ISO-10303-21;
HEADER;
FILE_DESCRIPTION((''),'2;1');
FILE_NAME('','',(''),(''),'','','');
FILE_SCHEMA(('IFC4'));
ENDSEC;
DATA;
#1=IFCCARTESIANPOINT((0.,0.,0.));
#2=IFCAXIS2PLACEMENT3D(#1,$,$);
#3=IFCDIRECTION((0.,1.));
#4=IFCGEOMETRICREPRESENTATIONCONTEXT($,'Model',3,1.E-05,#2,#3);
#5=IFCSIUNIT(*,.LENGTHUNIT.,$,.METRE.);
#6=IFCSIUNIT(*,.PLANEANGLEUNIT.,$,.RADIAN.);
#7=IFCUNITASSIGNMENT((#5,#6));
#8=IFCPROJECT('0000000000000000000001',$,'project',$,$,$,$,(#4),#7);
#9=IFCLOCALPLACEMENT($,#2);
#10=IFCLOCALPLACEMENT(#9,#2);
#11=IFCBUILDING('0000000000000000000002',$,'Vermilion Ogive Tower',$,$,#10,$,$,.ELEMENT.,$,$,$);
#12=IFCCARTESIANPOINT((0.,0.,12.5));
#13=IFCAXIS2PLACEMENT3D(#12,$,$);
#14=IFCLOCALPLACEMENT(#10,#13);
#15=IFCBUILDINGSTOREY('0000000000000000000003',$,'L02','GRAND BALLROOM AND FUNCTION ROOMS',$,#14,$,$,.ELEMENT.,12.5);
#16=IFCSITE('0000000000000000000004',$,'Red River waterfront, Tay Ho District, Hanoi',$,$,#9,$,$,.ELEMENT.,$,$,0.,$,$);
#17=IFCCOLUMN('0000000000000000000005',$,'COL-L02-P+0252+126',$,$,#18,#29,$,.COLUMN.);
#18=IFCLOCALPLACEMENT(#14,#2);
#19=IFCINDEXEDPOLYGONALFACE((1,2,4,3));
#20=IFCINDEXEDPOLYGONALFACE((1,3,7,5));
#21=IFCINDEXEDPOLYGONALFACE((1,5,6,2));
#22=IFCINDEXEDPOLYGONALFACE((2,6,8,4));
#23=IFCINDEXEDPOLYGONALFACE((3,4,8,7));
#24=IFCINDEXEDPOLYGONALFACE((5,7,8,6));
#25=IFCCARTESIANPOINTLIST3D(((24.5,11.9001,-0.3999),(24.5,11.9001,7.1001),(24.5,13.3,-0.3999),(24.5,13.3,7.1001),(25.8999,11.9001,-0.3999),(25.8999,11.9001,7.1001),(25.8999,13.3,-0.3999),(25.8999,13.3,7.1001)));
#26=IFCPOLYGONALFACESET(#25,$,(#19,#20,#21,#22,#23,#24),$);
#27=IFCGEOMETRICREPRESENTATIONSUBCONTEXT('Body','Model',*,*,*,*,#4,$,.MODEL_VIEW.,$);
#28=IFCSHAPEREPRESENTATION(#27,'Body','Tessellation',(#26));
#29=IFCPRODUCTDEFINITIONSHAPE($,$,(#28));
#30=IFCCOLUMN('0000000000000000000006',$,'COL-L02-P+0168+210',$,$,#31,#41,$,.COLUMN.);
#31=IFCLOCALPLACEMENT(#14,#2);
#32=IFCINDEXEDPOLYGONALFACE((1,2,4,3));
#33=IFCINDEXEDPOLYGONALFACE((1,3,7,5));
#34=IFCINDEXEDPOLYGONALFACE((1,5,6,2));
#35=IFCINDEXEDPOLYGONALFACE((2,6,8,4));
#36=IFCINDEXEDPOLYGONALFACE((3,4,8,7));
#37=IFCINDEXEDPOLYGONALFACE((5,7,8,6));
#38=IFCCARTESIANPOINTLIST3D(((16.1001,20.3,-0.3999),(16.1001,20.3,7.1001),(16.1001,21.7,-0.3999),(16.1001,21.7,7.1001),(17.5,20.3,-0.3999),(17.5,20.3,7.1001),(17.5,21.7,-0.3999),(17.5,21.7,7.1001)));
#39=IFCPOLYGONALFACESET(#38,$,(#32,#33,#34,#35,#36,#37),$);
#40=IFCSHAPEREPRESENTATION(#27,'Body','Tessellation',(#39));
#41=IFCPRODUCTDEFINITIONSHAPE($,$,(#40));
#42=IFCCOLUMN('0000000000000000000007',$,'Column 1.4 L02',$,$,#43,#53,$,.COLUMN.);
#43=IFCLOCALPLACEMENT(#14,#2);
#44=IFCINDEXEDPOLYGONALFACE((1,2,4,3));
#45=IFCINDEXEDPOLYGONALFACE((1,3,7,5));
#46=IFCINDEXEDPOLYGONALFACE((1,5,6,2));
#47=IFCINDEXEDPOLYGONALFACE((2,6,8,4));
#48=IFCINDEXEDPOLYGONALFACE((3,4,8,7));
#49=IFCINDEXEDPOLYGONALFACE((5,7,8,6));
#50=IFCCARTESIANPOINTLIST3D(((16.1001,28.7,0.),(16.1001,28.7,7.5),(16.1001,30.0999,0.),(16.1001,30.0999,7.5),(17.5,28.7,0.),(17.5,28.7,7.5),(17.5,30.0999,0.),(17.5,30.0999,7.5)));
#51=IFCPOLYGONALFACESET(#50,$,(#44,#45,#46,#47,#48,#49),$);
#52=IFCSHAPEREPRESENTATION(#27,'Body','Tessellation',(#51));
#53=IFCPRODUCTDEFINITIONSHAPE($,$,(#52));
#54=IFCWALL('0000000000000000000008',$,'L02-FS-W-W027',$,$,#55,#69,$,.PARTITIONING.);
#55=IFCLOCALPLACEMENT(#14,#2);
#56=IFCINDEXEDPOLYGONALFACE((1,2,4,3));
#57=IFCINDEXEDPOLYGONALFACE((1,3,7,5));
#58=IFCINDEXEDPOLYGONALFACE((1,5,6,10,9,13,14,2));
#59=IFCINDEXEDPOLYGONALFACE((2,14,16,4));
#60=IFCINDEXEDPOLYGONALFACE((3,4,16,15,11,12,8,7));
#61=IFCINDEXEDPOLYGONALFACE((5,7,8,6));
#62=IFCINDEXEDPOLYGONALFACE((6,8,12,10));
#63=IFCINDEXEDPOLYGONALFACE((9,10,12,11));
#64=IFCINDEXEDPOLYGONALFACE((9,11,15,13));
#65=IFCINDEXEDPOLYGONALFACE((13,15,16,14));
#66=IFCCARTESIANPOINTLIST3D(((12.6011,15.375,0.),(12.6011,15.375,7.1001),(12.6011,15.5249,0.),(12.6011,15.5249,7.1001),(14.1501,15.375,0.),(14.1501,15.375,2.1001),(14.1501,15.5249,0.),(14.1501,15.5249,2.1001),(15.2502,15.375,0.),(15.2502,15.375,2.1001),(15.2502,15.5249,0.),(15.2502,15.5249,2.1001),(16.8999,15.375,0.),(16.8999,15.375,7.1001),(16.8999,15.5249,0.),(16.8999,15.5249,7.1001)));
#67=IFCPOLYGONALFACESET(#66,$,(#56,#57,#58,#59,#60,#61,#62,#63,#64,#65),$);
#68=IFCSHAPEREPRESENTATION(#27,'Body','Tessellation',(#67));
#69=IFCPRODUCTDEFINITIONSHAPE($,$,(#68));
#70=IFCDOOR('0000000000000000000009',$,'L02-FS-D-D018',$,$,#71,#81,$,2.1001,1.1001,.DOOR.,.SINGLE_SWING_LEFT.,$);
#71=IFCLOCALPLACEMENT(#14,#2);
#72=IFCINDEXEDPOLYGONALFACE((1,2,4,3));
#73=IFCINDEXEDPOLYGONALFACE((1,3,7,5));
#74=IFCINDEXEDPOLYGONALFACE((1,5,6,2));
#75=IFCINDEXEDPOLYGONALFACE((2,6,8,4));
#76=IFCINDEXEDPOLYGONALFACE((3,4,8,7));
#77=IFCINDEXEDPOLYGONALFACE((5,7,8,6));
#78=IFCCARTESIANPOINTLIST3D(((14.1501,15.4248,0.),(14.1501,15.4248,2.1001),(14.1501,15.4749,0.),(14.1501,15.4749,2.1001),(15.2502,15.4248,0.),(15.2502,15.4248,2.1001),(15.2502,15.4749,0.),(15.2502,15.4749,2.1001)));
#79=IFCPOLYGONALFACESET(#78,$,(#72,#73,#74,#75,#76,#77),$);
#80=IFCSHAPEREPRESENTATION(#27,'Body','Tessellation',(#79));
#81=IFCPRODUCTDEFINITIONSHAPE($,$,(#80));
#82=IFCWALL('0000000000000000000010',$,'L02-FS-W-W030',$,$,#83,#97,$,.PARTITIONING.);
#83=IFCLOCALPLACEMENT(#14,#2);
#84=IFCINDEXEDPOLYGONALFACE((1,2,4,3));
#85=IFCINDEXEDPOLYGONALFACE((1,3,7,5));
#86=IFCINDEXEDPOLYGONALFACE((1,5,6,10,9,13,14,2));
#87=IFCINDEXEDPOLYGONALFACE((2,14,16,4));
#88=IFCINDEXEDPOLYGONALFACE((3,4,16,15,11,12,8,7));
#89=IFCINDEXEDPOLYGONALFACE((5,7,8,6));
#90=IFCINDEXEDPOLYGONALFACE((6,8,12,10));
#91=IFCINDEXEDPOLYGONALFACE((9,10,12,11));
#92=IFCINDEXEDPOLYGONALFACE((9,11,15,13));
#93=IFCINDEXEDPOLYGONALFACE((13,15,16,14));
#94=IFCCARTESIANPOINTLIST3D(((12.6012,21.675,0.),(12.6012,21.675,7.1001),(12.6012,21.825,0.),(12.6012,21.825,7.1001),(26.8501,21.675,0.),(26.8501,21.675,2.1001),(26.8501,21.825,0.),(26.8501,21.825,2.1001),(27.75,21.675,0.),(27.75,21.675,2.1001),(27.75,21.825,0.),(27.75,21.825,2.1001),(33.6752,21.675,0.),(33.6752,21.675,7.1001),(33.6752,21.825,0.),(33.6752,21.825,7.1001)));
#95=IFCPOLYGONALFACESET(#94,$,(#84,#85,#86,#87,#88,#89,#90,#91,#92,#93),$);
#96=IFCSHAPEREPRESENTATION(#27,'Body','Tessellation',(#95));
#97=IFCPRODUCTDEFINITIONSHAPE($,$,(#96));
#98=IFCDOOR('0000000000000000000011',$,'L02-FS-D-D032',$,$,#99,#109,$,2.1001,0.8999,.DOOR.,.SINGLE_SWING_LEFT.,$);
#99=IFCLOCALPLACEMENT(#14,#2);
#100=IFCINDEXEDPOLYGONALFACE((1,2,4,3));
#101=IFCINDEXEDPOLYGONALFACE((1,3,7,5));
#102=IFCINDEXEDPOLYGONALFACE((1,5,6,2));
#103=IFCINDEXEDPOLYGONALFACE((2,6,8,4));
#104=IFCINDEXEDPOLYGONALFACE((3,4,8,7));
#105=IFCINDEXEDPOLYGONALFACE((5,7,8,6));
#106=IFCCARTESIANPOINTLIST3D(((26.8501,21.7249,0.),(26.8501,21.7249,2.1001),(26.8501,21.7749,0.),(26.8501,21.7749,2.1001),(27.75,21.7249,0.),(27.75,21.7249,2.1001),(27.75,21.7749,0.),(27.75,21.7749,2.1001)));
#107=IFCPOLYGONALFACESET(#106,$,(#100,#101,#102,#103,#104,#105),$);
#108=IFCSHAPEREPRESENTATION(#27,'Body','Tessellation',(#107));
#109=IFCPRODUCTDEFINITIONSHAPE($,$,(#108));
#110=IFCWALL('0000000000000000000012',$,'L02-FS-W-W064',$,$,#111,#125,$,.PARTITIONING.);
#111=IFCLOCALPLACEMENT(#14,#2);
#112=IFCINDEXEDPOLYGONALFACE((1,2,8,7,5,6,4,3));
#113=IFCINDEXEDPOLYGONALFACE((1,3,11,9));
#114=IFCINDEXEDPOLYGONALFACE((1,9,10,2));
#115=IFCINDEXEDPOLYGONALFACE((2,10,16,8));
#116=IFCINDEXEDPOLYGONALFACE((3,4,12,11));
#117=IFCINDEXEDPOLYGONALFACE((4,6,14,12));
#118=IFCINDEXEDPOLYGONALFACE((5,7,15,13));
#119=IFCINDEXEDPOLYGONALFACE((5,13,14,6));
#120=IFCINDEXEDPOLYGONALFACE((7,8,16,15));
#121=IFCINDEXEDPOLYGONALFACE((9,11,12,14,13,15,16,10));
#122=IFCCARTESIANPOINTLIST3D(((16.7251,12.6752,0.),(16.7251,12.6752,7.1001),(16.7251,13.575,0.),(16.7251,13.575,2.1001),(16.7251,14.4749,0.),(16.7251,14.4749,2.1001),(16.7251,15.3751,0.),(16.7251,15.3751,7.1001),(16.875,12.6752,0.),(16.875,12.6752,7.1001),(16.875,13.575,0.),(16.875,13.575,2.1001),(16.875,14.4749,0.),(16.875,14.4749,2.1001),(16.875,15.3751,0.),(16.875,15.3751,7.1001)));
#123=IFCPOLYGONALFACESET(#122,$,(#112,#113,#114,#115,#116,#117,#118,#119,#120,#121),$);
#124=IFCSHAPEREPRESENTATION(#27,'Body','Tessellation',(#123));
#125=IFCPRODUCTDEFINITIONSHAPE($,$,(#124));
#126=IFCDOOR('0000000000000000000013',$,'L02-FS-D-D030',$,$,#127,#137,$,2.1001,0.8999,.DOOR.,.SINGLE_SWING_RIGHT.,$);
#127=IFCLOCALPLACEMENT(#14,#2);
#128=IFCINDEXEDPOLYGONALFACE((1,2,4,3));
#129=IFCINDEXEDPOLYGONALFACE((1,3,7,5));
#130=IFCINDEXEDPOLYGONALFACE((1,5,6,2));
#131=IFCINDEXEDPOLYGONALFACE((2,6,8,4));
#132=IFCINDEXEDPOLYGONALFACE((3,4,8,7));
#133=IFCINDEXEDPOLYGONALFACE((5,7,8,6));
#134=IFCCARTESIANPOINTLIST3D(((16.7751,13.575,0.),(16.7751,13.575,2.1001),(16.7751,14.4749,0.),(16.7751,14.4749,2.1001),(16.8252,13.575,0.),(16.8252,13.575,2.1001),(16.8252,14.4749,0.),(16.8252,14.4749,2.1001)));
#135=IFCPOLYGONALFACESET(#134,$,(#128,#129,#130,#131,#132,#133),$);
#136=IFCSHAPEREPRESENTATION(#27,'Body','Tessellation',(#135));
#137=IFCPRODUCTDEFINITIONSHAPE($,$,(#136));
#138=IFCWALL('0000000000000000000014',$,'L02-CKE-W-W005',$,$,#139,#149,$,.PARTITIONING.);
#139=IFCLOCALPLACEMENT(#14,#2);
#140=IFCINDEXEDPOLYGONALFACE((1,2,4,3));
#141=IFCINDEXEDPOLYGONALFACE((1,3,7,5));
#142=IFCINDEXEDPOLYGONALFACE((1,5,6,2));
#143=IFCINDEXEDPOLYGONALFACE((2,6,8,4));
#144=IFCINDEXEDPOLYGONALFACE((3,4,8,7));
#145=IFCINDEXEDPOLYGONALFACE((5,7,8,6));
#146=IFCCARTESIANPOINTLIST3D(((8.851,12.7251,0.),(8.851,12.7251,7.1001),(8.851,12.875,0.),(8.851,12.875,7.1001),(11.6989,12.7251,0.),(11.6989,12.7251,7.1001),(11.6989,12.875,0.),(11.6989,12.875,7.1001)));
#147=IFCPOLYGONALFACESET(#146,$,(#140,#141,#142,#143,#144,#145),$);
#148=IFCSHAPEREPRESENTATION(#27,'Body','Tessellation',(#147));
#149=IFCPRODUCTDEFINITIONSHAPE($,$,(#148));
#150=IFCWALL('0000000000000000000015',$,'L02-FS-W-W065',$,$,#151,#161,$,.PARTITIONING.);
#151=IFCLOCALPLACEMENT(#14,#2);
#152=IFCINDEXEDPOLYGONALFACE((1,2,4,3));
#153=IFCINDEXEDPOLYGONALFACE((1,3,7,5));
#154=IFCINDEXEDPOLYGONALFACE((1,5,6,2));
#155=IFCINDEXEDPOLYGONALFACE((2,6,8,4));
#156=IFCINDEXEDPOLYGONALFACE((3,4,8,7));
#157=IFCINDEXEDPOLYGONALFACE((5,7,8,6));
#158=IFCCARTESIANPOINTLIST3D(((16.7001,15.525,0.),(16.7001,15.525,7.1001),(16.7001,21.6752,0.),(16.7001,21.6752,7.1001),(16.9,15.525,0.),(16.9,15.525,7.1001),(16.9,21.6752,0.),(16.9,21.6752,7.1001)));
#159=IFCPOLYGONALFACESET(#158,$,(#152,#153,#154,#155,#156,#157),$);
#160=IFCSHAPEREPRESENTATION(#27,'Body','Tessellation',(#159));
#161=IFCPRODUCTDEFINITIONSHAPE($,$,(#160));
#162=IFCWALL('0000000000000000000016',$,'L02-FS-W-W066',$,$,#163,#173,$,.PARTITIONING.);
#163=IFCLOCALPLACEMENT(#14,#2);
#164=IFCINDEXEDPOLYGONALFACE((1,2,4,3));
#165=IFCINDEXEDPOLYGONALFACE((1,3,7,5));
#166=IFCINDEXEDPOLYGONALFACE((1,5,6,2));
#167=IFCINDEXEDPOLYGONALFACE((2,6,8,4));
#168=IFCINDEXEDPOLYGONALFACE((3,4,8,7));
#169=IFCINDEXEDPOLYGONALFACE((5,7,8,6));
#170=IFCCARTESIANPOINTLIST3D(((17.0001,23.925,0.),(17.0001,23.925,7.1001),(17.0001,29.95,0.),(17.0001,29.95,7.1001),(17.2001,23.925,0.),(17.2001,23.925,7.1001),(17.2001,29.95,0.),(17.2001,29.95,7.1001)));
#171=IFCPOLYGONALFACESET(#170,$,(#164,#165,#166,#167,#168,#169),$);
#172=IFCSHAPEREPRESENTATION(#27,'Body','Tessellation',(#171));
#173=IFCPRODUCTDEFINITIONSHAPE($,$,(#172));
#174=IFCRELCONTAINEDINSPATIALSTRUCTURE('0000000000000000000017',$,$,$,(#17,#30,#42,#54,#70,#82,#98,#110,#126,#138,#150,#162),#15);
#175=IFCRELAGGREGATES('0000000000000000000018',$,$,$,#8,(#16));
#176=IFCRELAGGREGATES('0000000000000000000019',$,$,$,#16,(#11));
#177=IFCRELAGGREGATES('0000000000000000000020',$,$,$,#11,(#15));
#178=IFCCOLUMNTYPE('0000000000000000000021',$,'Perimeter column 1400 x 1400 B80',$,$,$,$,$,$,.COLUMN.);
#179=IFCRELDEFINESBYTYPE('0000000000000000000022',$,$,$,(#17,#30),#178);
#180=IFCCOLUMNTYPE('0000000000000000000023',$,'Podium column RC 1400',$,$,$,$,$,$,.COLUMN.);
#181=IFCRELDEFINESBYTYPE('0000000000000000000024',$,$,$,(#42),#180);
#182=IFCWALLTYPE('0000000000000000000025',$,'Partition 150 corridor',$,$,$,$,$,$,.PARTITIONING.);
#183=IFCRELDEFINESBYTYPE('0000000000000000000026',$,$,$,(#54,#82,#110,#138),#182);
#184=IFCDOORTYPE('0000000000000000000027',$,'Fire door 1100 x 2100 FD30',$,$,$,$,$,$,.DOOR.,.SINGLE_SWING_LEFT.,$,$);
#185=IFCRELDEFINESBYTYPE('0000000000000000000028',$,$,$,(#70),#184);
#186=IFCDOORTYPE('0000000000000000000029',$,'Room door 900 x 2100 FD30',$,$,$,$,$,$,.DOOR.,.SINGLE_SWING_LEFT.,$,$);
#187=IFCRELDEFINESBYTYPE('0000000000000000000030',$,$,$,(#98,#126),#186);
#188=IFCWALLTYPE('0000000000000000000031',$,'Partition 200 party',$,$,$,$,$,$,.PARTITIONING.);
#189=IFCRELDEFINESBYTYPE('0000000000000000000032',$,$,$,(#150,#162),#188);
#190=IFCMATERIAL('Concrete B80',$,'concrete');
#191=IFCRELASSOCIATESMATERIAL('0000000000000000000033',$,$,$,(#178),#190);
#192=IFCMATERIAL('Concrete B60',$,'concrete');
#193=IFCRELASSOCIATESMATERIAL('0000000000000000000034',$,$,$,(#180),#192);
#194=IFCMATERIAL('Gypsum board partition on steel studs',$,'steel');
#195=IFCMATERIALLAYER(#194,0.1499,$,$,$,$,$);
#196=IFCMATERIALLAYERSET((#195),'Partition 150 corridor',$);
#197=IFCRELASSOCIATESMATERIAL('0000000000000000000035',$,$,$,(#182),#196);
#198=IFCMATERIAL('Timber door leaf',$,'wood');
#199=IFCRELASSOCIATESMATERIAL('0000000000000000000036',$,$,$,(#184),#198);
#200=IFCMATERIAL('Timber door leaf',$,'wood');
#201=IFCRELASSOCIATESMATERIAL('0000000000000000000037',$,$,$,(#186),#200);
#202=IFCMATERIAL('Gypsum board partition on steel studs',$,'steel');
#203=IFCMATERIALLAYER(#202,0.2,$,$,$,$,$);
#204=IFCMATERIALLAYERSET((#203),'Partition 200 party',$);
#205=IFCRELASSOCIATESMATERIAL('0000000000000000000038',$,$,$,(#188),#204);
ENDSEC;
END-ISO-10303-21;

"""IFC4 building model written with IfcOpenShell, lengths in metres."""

from ifc_helpers import new_model, si_unit, direction, frame, frame_2d, origin, origin_2d, place, context, subcontext, project, spatial, rectangle, extrude, material, layer, layer_set, material_profile, profile_set, type_object, element, fill, save


model = new_model("IFC4")

# Units and contexts
model_context = context("Model", 3, precision=1e-05, world=origin(), true_north=direction((0.0, 1.0)))
body_context = subcontext(model_context, "Body", "Model", "MODEL_VIEW")
ifc_project = project(units=[si_unit("LENGTHUNIT", "METRE"), si_unit("PLANEANGLEUNIT", "RADIAN")], contexts=[model_context])

# Site, building, storey
site_placement = place(None, origin())
site = spatial("IfcSite", under=ifc_project, at=site_placement, Name="Red River waterfront, Tay Ho District, Hanoi", CompositionType="ELEMENT", RefElevation=0.0)
building_placement = place(site_placement, origin())
building = spatial("IfcBuilding", under=site, at=building_placement, Name="Vermilion Ogive Tower", CompositionType="ELEMENT")
storey_placement = place(building_placement, frame((0.0, 0.0, 12.5)))
storey = spatial("IfcBuildingStorey", under=building, at=storey_placement, Name="L02", Description="GRAND BALLROOM AND FUNCTION ROOMS", CompositionType="ELEMENT", Elevation=12.5)

# Columns
ifc_material_1 = material(Name="Concrete B80", Category="concrete")
ifc_material_profile_1 = material_profile(ifc_material_1, rectangle(XDim=1.3999, YDim=1.3999, at=origin_2d()), Name="1400 x 1400")
ifc_profile_set_1 = profile_set([ifc_material_profile_1], Name="Concrete B80")
column_type_1 = type_object("IfcColumnType", Name="Perimeter column 1400 x 1400 B80", PredefinedType="COLUMN", material=ifc_profile_set_1)
for number, where, z_axis, x_axis, name in (
    (1, (25.2, 12.6001, -0.3999), (0.0, 0.0, 1.0), (1.0, 0.0, 0.0), "COL-L02-P+0252+126"),
    (2, (16.8, 21.0, -0.3999), (0.0, 0.0, 1.0), (1.0, 0.0, 0.0), "COL-L02-P+0168+210"),
):
    element("IfcColumn", number, at=place(storey_placement, frame(where, z_axis=z_axis, x_axis=x_axis)), inside=storey, type_object=column_type_1, Name=name, PredefinedType="COLUMN", context=body_context, shape_type="SweptSolid", body=[
        extrude(rectangle(XDim=1.3999, YDim=1.3999, at=origin_2d()), origin(), (0.0, 0.0, 1.0), 7.5),
    ])
ifc_material_2 = material(Name="Concrete B60", Category="concrete")
ifc_material_profile_2 = material_profile(ifc_material_2, rectangle(XDim=1.3999, YDim=1.3999, at=origin_2d()), Name="RC 1400x1400")
ifc_profile_set_2 = profile_set([ifc_material_profile_2], Name="Concrete B60")
column_type_2 = type_object("IfcColumnType", Name="Podium column RC 1400", PredefinedType="COLUMN", material=ifc_profile_set_2)
column_placement = place(storey_placement, frame((16.8, 29.3999, 0.0), z_axis=(0.0, 0.0, 1.0), x_axis=(1.0, 0.0, 0.0)))
element("IfcColumn", 3, at=column_placement, inside=storey, type_object=column_type_2, Name="Column 1.4 L02", PredefinedType="COLUMN", context=body_context, shape_type="SweptSolid", body=[
    extrude(rectangle(XDim=1.3999, YDim=1.3999, at=origin_2d()), origin(), (0.0, 0.0, 1.0), 7.5),
])

# Walls, openings, doors
ifc_material_3 = material(Name="Gypsum board partition on steel studs", Category="steel")
ifc_layer_1 = layer(ifc_material_3, 0.1499)
ifc_layer_set_1 = layer_set([ifc_layer_1], Name="Partition 150 corridor")
wall_type_1 = type_object("IfcWallType", Name="Partition 150 corridor", PredefinedType="PARTITIONING", material=ifc_layer_set_1)
wall_1_placement = place(storey_placement, frame((12.6011, 15.45, 0.0), z_axis=(0.0, 0.0, 1.0), x_axis=(1.0, 0.0, 0.0)))
wall_1 = element("IfcWall", 4, at=wall_1_placement, inside=storey, type_object=wall_type_1, Name="L02-FS-W-W027", PredefinedType="PARTITIONING", context=body_context, shape_type="SweptSolid", body=[
    extrude(rectangle(XDim=4.2988, YDim=0.1499, at=frame_2d((2.1494, 0.0))), origin(), (0.0, 0.0, 1.0), 7.1001),
])
opening_1_placement = place(wall_1_placement, frame((1.5491, 0.0, 0.0)))
opening_1 = element("IfcOpeningElement", 5, at=opening_1_placement, cuts=wall_1, PredefinedType="OPENING", context=body_context, shape_type="SweptSolid", body=[
    extrude(rectangle(XDim=1.1001, YDim=2.1001, at=frame_2d((0.55, 1.05))), frame((0.0, 0.085, 0.0), z_axis=(0.0, -1.0, 0.0), x_axis=(1.0, 0.0, 0.0)), (0.0, 0.0, 1.0), 0.1699),
])
ifc_material_4 = material(Name="Timber door leaf", Category="wood")
door_type_1 = type_object("IfcDoorType", Name="Fire door 1100 x 2100 FD30", OperationType="SINGLE_SWING_LEFT", PredefinedType="DOOR", material=ifc_material_4)
door_1_placement = place(opening_1_placement, origin())
door_1 = element("IfcDoor", 6, at=door_1_placement, inside=storey, type_object=door_type_1, Name="L02-FS-D-D018", OperationType="SINGLE_SWING_LEFT", OverallHeight=2.1001, OverallWidth=1.1001, PredefinedType="DOOR", context=body_context, shape_type="SweptSolid", body=[
    extrude(rectangle(XDim=1.1001, YDim=2.1001, at=frame_2d((0.55, 1.05))), frame((0.0, 0.0249, 0.0), z_axis=(0.0, -1.0, 0.0), x_axis=(1.0, 0.0, 0.0)), (0.0, 0.0, 1.0), 0.05),
])
fill(opening_1, door_1)
wall_2_placement = place(storey_placement, frame((12.6011, 21.75, 0.0), z_axis=(0.0, 0.0, 1.0), x_axis=(1.0, 0.0, 0.0)))
wall_2 = element("IfcWall", 7, at=wall_2_placement, inside=storey, type_object=wall_type_1, Name="L02-FS-W-W030", PredefinedType="PARTITIONING", context=body_context, shape_type="SweptSolid", body=[
    extrude(rectangle(XDim=21.074, YDim=0.1499, at=frame_2d((10.5371, 0.0))), origin(), (0.0, 0.0, 1.0), 7.1001),
])
opening_2_placement = place(wall_2_placement, frame((14.249, 0.0, 0.0)))
opening_2 = element("IfcOpeningElement", 8, at=opening_2_placement, cuts=wall_2, PredefinedType="OPENING", context=body_context, shape_type="SweptSolid", body=[
    extrude(rectangle(XDim=0.8999, YDim=2.1001, at=frame_2d((0.45, 1.05))), frame((0.0, 0.085, 0.0), z_axis=(0.0, -1.0, 0.0), x_axis=(1.0, 0.0, 0.0)), (0.0, 0.0, 1.0), 0.1699),
])
ifc_material_5 = material(Name="Timber door leaf", Category="wood")
door_type_2 = type_object("IfcDoorType", Name="Room door 900 x 2100 FD30", OperationType="SINGLE_SWING_LEFT", PredefinedType="DOOR", material=ifc_material_5)
door_2_placement = place(opening_2_placement, origin())
door_2 = element("IfcDoor", 9, at=door_2_placement, inside=storey, type_object=door_type_2, Name="L02-FS-D-D032", OperationType="SINGLE_SWING_LEFT", OverallHeight=2.1001, OverallWidth=0.8999, PredefinedType="DOOR", context=body_context, shape_type="SweptSolid", body=[
    extrude(rectangle(XDim=0.8999, YDim=2.1001, at=frame_2d((0.45, 1.05))), frame((0.0, 0.0249, 0.0), z_axis=(0.0, -1.0, 0.0), x_axis=(1.0, 0.0, 0.0)), (0.0, 0.0, 1.0), 0.05),
])
fill(opening_2, door_2)
wall_3_placement = place(storey_placement, frame((16.8, 12.675, 0.0), z_axis=(0.0, 0.0, 1.0), x_axis=(0.0, 1.0, 0.0)))
wall_3 = element("IfcWall", 10, at=wall_3_placement, inside=storey, type_object=wall_type_1, Name="L02-FS-W-W064", PredefinedType="PARTITIONING", context=body_context, shape_type="SweptSolid", body=[
    extrude(rectangle(XDim=2.7, YDim=0.1499, at=frame_2d((1.3501, 0.0))), origin(), (0.0, 0.0, 1.0), 7.1001),
])
opening_3_placement = place(wall_3_placement, frame((0.8999, 0.0, 0.0)))
opening_3 = element("IfcOpeningElement", 11, at=opening_3_placement, cuts=wall_3, PredefinedType="OPENING", context=body_context, shape_type="SweptSolid", body=[
    extrude(rectangle(XDim=0.8999, YDim=2.1001, at=frame_2d((0.45, 1.05))), frame((0.0, 0.085, 0.0), z_axis=(0.0, -1.0, 0.0), x_axis=(1.0, 0.0, 0.0)), (0.0, 0.0, 1.0), 0.1699),
])
door_3_placement = place(opening_3_placement, origin())
door_3 = element("IfcDoor", 12, at=door_3_placement, inside=storey, type_object=door_type_2, Name="L02-FS-D-D030", OperationType="SINGLE_SWING_RIGHT", OverallHeight=2.1001, OverallWidth=0.8999, PredefinedType="DOOR", context=body_context, shape_type="SweptSolid", body=[
    extrude(rectangle(XDim=0.8999, YDim=2.1001, at=frame_2d((0.45, 1.05))), frame((0.0, 0.0249, 0.0), z_axis=(0.0, -1.0, 0.0), x_axis=(1.0, 0.0, 0.0)), (0.0, 0.0, 1.0), 0.05),
])
fill(opening_3, door_3)

# Walls
wall_4_placement = place(storey_placement, frame((8.8511, 12.8, 0.0), z_axis=(0.0, 0.0, 1.0), x_axis=(1.0, 0.0, 0.0)))
element("IfcWall", 13, at=wall_4_placement, inside=storey, type_object=wall_type_1, Name="L02-CKE-W-W005", PredefinedType="PARTITIONING", context=body_context, shape_type="SweptSolid", body=[
    extrude(rectangle(XDim=2.8479, YDim=0.1499, at=frame_2d((1.4238, 0.0))), origin(), (0.0, 0.0, 1.0), 7.1001),
])
ifc_material_6 = material(Name="Gypsum board partition on steel studs", Category="steel")
ifc_layer_2 = layer(ifc_material_6, 0.2)
ifc_layer_set_2 = layer_set([ifc_layer_2], Name="Partition 200 party")
wall_type_2 = type_object("IfcWallType", Name="Partition 200 party", PredefinedType="PARTITIONING", material=ifc_layer_set_2)
wall_5_placement = place(storey_placement, frame((16.8, 15.5249, 0.0), z_axis=(0.0, 0.0, 1.0), x_axis=(0.0, 1.0, 0.0)))
element("IfcWall", 14, at=wall_5_placement, inside=storey, type_object=wall_type_2, Name="L02-FS-W-W065", PredefinedType="PARTITIONING", context=body_context, shape_type="SweptSolid", body=[
    extrude(rectangle(XDim=6.1501, YDim=0.2, at=frame_2d((3.0752, 0.0))), origin(), (0.0, 0.0, 1.0), 7.1001),
])
wall_6_placement = place(storey_placement, frame((17.1001, 23.925, 0.0), z_axis=(0.0, 0.0, 1.0), x_axis=(0.0, 1.0, 0.0)))
element("IfcWall", 15, at=wall_6_placement, inside=storey, type_object=wall_type_2, Name="L02-FS-W-W066", PredefinedType="PARTITIONING", context=body_context, shape_type="SweptSolid", body=[
    extrude(rectangle(XDim=6.0249, YDim=0.2, at=frame_2d((3.0125, 0.0))), origin(), (0.0, 0.0, 1.0), 7.1001),
])

save(model, "model.ifc")
